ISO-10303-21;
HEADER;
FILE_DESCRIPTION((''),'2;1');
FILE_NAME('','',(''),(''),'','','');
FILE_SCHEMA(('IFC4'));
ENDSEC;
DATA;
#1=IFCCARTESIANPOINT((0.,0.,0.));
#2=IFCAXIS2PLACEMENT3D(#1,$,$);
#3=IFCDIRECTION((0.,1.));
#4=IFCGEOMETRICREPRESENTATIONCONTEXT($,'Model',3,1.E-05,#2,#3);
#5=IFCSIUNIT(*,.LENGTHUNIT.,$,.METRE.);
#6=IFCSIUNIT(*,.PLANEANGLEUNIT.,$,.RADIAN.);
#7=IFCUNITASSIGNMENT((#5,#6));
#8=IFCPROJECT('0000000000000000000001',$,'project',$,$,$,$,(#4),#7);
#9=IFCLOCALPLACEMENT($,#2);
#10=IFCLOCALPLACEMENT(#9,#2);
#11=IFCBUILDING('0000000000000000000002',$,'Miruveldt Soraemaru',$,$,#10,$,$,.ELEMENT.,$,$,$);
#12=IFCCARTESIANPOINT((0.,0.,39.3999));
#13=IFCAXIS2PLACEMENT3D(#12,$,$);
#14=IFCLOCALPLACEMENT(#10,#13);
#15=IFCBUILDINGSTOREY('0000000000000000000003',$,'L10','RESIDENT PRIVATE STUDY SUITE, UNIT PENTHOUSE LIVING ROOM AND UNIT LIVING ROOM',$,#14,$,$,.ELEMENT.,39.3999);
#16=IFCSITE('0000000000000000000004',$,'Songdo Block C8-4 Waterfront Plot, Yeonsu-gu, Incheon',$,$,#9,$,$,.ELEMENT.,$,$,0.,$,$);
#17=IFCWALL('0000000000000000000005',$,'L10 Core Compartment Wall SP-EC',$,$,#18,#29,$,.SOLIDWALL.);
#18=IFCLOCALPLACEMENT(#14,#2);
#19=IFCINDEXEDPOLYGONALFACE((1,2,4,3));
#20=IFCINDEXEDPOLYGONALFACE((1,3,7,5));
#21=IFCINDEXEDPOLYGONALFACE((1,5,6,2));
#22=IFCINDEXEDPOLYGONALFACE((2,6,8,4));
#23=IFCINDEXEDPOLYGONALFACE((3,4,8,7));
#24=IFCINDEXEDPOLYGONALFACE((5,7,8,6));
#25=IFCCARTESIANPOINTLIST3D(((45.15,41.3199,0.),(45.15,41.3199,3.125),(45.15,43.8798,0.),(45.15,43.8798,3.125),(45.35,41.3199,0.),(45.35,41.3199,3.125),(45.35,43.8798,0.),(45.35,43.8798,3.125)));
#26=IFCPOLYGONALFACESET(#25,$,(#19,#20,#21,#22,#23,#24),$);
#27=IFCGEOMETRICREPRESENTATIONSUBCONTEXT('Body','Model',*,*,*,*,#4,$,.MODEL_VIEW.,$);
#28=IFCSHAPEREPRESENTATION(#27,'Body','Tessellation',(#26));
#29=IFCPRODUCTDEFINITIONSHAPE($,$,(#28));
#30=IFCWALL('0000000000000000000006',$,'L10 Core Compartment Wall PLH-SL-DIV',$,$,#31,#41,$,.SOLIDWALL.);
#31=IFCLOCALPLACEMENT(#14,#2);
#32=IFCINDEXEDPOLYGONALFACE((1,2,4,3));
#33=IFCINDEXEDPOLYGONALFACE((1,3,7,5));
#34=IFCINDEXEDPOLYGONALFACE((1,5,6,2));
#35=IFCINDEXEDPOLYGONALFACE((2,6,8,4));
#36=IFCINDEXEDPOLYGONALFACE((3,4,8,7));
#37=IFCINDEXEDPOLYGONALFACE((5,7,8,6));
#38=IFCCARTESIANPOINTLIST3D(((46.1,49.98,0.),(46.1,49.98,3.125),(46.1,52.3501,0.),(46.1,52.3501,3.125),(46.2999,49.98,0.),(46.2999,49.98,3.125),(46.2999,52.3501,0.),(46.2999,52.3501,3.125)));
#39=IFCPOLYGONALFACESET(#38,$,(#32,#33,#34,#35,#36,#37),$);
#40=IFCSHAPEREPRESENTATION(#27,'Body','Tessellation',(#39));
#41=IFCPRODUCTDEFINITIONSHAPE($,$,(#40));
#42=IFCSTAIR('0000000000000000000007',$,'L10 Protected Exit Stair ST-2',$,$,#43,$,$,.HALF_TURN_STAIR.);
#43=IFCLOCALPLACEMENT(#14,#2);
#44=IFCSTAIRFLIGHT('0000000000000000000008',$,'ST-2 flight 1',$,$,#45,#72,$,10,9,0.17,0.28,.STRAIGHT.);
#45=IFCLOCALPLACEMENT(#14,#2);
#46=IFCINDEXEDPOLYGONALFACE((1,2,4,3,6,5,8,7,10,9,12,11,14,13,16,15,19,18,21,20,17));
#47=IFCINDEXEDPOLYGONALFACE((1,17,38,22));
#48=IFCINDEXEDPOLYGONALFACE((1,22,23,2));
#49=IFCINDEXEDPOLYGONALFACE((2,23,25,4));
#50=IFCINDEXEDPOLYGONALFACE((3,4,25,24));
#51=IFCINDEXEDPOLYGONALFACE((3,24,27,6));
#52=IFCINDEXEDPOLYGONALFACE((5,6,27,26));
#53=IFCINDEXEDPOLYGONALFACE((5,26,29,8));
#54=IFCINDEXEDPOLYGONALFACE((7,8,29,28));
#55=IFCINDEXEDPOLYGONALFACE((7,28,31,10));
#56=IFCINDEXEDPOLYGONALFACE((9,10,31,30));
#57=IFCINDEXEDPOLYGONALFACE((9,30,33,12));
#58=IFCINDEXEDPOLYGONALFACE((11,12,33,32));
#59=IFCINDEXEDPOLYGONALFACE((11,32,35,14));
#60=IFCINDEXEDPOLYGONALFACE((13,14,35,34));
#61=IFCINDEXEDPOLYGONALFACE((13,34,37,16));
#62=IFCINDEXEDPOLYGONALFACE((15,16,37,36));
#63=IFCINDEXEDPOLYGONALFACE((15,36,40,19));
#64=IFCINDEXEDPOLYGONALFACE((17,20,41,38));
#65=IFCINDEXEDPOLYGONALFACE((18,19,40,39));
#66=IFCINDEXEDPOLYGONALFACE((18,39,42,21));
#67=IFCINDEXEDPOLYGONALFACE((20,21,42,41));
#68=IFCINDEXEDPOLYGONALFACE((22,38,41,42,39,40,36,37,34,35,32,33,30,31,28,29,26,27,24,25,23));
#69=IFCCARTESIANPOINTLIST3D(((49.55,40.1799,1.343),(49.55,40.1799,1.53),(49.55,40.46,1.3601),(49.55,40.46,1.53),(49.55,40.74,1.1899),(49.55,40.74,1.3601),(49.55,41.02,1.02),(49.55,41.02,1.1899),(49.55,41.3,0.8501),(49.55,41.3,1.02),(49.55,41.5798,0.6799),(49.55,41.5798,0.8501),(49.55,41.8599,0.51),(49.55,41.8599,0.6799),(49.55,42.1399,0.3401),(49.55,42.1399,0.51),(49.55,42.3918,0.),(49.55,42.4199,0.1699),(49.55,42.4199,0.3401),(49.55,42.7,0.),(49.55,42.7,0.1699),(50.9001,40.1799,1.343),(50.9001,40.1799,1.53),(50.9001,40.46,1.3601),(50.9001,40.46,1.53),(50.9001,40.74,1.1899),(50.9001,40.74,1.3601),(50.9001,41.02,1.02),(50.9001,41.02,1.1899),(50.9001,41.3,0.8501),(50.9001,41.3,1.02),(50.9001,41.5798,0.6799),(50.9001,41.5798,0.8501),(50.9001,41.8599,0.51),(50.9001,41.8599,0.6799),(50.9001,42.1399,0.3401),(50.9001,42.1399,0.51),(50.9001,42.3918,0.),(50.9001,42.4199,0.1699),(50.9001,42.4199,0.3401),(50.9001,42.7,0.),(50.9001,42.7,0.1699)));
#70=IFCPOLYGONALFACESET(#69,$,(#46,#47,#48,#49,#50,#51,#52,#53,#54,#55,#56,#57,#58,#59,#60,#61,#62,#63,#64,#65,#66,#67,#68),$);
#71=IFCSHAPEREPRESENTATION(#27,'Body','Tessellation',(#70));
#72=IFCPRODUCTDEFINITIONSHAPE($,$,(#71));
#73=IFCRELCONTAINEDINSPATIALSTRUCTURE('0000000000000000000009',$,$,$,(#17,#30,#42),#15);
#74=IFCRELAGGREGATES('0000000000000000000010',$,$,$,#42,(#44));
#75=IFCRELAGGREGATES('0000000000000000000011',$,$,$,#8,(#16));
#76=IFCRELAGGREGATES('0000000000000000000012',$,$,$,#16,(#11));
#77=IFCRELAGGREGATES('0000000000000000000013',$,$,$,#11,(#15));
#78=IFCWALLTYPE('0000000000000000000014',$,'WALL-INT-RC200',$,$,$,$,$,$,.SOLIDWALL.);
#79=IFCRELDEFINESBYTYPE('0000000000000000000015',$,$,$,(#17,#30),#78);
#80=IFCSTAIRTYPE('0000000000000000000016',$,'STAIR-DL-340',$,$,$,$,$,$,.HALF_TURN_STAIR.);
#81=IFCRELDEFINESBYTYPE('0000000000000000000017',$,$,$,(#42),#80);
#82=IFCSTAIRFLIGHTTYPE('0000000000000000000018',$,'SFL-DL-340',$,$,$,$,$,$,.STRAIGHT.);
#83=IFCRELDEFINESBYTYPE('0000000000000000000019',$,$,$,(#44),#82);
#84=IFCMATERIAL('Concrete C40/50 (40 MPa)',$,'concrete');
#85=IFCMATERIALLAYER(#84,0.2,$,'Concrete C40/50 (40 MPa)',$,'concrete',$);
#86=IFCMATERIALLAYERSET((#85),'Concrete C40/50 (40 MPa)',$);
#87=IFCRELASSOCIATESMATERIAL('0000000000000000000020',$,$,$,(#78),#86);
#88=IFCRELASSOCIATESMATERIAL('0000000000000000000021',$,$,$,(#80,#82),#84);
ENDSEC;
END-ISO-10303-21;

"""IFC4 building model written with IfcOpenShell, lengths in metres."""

from ifc_helpers import new_model, si_unit, direction, frame, frame_2d, origin, place, context, subcontext, project, spatial, polyline, rectangle, outline, extrude, material, layer, layer_set, type_object, element, aggregate, save


model = new_model("IFC4")

# Units and contexts
model_context = context("Model", 3, precision=1e-05, world=origin(), true_north=direction((0.0, 1.0)))
body_context = subcontext(model_context, "Body", "Model", "MODEL_VIEW")
ifc_project = project(units=[si_unit("LENGTHUNIT", "METRE"), si_unit("PLANEANGLEUNIT", "RADIAN")], contexts=[model_context])

# Site, building, storey
site_placement = place(None, origin())
site = spatial("IfcSite", under=ifc_project, at=site_placement, Name="Songdo Block C8-4 Waterfront Plot, Yeonsu-gu, Incheon", CompositionType="ELEMENT", RefElevation=0.0)
building_placement = place(site_placement, origin())
building = spatial("IfcBuilding", under=site, at=building_placement, Name="Miruveldt Soraemaru", CompositionType="ELEMENT")
storey_placement = place(building_placement, frame((0.0, 0.0, 39.3999)))
storey = spatial("IfcBuildingStorey", under=building, at=storey_placement, Name="L10", Description="RESIDENT PRIVATE STUDY SUITE, UNIT PENTHOUSE LIVING ROOM AND UNIT LIVING ROOM", CompositionType="ELEMENT", Elevation=39.3999)

# Shared definitions
ifc_material_1 = material(Name="Concrete C40/50 (40 MPa)", Category="concrete")

# Shared definitions
ifc_layer_1 = layer(ifc_material_1, 0.2, Name="Concrete C40/50 (40 MPa)", Category="concrete")
ifc_layer_set_1 = layer_set([ifc_layer_1], Name="Concrete C40/50 (40 MPa)")
wall_type_1 = type_object("IfcWallType", Name="WALL-INT-RC200", PredefinedType="SOLIDWALL", material=ifc_layer_set_1)

# Walls
wall_1_placement = place(storey_placement, frame((45.25, 41.3201, 0.0), z_axis=(0.0, 0.0, 1.0), x_axis=(0.0, 1.0, 0.0)))
element("IfcWall", 1, at=wall_1_placement, inside=storey, type_object=wall_type_1, Name="L10 Core Compartment Wall SP-EC", PredefinedType="SOLIDWALL", context=body_context, shape_type="SweptSolid", body=[
    extrude(rectangle(XDim=2.5598, YDim=0.2, at=frame_2d((1.2798, 0.0))), origin(), (0.0, 0.0, 1.0), 3.125),
])
wall_2_placement = place(storey_placement, frame((46.2, 49.98, 0.0), z_axis=(0.0, 0.0, 1.0), x_axis=(0.0, 1.0, 0.0)))
element("IfcWall", 2, at=wall_2_placement, inside=storey, type_object=wall_type_1, Name="L10 Core Compartment Wall PLH-SL-DIV", PredefinedType="SOLIDWALL", context=body_context, shape_type="SweptSolid", body=[
    extrude(rectangle(XDim=2.3701, YDim=0.2, at=frame_2d((1.1851, 0.0))), origin(), (0.0, 0.0, 1.0), 3.125),
])

# Stair, stair flight
stair_type = type_object("IfcStairType", Name="STAIR-DL-340", PredefinedType="HALF_TURN_STAIR", material=ifc_material_1)
stair_placement = place(storey_placement, origin())
stair = element("IfcStair", 3, at=stair_placement, inside=storey, type_object=stair_type, Name="L10 Protected Exit Stair ST-2", PredefinedType="HALF_TURN_STAIR")
stair_flight_type = type_object("IfcStairFlightType", Name="SFL-DL-340", PredefinedType="STRAIGHT", material=ifc_material_1)
stair_flight_placement = place(storey_placement, frame((50.2251, 42.7, 0.0), z_axis=(0.0, 0.0, 1.0), x_axis=(0.0, -1.0, 0.0)))
stair_flight = element("IfcStairFlight", 4, at=stair_flight_placement, type_object=stair_flight_type, Name="ST-2 flight 1", NumberOfRisers=10, NumberOfTreads=9, PredefinedType="STRAIGHT", RiserHeight=0.17, TreadLength=0.28, context=body_context, shape_type="SweptSolid", body=[
    extrude(outline(polyline([(0.0, 0.0), (0.0, 0.1699), (0.28, 0.1699), (0.28, 0.3401), (0.5601, 0.3401), (0.5601, 0.51), (0.8401, 0.51), (0.8401, 0.6799), (1.1201, 0.6799), (1.1201, 0.8501), (1.3999, 0.8501), (1.3999, 1.02), (1.6799, 1.02), (1.6799, 1.1899), (1.96, 1.1899), (1.96, 1.3601), (2.24, 1.3601), (2.24, 1.53), (2.52, 1.53), (2.52, 1.7), (2.52, 1.343), (0.3081, 0.0), (0.0, 0.0)])), frame((0.0, 0.675, 0.0), z_axis=(0.0, -1.0, 0.0), x_axis=(1.0, 0.0, 0.0)), (0.0, 0.0, 1.0), 1.3501),
])
aggregate(stair, [stair_flight])

save(model, "model.ifc")
